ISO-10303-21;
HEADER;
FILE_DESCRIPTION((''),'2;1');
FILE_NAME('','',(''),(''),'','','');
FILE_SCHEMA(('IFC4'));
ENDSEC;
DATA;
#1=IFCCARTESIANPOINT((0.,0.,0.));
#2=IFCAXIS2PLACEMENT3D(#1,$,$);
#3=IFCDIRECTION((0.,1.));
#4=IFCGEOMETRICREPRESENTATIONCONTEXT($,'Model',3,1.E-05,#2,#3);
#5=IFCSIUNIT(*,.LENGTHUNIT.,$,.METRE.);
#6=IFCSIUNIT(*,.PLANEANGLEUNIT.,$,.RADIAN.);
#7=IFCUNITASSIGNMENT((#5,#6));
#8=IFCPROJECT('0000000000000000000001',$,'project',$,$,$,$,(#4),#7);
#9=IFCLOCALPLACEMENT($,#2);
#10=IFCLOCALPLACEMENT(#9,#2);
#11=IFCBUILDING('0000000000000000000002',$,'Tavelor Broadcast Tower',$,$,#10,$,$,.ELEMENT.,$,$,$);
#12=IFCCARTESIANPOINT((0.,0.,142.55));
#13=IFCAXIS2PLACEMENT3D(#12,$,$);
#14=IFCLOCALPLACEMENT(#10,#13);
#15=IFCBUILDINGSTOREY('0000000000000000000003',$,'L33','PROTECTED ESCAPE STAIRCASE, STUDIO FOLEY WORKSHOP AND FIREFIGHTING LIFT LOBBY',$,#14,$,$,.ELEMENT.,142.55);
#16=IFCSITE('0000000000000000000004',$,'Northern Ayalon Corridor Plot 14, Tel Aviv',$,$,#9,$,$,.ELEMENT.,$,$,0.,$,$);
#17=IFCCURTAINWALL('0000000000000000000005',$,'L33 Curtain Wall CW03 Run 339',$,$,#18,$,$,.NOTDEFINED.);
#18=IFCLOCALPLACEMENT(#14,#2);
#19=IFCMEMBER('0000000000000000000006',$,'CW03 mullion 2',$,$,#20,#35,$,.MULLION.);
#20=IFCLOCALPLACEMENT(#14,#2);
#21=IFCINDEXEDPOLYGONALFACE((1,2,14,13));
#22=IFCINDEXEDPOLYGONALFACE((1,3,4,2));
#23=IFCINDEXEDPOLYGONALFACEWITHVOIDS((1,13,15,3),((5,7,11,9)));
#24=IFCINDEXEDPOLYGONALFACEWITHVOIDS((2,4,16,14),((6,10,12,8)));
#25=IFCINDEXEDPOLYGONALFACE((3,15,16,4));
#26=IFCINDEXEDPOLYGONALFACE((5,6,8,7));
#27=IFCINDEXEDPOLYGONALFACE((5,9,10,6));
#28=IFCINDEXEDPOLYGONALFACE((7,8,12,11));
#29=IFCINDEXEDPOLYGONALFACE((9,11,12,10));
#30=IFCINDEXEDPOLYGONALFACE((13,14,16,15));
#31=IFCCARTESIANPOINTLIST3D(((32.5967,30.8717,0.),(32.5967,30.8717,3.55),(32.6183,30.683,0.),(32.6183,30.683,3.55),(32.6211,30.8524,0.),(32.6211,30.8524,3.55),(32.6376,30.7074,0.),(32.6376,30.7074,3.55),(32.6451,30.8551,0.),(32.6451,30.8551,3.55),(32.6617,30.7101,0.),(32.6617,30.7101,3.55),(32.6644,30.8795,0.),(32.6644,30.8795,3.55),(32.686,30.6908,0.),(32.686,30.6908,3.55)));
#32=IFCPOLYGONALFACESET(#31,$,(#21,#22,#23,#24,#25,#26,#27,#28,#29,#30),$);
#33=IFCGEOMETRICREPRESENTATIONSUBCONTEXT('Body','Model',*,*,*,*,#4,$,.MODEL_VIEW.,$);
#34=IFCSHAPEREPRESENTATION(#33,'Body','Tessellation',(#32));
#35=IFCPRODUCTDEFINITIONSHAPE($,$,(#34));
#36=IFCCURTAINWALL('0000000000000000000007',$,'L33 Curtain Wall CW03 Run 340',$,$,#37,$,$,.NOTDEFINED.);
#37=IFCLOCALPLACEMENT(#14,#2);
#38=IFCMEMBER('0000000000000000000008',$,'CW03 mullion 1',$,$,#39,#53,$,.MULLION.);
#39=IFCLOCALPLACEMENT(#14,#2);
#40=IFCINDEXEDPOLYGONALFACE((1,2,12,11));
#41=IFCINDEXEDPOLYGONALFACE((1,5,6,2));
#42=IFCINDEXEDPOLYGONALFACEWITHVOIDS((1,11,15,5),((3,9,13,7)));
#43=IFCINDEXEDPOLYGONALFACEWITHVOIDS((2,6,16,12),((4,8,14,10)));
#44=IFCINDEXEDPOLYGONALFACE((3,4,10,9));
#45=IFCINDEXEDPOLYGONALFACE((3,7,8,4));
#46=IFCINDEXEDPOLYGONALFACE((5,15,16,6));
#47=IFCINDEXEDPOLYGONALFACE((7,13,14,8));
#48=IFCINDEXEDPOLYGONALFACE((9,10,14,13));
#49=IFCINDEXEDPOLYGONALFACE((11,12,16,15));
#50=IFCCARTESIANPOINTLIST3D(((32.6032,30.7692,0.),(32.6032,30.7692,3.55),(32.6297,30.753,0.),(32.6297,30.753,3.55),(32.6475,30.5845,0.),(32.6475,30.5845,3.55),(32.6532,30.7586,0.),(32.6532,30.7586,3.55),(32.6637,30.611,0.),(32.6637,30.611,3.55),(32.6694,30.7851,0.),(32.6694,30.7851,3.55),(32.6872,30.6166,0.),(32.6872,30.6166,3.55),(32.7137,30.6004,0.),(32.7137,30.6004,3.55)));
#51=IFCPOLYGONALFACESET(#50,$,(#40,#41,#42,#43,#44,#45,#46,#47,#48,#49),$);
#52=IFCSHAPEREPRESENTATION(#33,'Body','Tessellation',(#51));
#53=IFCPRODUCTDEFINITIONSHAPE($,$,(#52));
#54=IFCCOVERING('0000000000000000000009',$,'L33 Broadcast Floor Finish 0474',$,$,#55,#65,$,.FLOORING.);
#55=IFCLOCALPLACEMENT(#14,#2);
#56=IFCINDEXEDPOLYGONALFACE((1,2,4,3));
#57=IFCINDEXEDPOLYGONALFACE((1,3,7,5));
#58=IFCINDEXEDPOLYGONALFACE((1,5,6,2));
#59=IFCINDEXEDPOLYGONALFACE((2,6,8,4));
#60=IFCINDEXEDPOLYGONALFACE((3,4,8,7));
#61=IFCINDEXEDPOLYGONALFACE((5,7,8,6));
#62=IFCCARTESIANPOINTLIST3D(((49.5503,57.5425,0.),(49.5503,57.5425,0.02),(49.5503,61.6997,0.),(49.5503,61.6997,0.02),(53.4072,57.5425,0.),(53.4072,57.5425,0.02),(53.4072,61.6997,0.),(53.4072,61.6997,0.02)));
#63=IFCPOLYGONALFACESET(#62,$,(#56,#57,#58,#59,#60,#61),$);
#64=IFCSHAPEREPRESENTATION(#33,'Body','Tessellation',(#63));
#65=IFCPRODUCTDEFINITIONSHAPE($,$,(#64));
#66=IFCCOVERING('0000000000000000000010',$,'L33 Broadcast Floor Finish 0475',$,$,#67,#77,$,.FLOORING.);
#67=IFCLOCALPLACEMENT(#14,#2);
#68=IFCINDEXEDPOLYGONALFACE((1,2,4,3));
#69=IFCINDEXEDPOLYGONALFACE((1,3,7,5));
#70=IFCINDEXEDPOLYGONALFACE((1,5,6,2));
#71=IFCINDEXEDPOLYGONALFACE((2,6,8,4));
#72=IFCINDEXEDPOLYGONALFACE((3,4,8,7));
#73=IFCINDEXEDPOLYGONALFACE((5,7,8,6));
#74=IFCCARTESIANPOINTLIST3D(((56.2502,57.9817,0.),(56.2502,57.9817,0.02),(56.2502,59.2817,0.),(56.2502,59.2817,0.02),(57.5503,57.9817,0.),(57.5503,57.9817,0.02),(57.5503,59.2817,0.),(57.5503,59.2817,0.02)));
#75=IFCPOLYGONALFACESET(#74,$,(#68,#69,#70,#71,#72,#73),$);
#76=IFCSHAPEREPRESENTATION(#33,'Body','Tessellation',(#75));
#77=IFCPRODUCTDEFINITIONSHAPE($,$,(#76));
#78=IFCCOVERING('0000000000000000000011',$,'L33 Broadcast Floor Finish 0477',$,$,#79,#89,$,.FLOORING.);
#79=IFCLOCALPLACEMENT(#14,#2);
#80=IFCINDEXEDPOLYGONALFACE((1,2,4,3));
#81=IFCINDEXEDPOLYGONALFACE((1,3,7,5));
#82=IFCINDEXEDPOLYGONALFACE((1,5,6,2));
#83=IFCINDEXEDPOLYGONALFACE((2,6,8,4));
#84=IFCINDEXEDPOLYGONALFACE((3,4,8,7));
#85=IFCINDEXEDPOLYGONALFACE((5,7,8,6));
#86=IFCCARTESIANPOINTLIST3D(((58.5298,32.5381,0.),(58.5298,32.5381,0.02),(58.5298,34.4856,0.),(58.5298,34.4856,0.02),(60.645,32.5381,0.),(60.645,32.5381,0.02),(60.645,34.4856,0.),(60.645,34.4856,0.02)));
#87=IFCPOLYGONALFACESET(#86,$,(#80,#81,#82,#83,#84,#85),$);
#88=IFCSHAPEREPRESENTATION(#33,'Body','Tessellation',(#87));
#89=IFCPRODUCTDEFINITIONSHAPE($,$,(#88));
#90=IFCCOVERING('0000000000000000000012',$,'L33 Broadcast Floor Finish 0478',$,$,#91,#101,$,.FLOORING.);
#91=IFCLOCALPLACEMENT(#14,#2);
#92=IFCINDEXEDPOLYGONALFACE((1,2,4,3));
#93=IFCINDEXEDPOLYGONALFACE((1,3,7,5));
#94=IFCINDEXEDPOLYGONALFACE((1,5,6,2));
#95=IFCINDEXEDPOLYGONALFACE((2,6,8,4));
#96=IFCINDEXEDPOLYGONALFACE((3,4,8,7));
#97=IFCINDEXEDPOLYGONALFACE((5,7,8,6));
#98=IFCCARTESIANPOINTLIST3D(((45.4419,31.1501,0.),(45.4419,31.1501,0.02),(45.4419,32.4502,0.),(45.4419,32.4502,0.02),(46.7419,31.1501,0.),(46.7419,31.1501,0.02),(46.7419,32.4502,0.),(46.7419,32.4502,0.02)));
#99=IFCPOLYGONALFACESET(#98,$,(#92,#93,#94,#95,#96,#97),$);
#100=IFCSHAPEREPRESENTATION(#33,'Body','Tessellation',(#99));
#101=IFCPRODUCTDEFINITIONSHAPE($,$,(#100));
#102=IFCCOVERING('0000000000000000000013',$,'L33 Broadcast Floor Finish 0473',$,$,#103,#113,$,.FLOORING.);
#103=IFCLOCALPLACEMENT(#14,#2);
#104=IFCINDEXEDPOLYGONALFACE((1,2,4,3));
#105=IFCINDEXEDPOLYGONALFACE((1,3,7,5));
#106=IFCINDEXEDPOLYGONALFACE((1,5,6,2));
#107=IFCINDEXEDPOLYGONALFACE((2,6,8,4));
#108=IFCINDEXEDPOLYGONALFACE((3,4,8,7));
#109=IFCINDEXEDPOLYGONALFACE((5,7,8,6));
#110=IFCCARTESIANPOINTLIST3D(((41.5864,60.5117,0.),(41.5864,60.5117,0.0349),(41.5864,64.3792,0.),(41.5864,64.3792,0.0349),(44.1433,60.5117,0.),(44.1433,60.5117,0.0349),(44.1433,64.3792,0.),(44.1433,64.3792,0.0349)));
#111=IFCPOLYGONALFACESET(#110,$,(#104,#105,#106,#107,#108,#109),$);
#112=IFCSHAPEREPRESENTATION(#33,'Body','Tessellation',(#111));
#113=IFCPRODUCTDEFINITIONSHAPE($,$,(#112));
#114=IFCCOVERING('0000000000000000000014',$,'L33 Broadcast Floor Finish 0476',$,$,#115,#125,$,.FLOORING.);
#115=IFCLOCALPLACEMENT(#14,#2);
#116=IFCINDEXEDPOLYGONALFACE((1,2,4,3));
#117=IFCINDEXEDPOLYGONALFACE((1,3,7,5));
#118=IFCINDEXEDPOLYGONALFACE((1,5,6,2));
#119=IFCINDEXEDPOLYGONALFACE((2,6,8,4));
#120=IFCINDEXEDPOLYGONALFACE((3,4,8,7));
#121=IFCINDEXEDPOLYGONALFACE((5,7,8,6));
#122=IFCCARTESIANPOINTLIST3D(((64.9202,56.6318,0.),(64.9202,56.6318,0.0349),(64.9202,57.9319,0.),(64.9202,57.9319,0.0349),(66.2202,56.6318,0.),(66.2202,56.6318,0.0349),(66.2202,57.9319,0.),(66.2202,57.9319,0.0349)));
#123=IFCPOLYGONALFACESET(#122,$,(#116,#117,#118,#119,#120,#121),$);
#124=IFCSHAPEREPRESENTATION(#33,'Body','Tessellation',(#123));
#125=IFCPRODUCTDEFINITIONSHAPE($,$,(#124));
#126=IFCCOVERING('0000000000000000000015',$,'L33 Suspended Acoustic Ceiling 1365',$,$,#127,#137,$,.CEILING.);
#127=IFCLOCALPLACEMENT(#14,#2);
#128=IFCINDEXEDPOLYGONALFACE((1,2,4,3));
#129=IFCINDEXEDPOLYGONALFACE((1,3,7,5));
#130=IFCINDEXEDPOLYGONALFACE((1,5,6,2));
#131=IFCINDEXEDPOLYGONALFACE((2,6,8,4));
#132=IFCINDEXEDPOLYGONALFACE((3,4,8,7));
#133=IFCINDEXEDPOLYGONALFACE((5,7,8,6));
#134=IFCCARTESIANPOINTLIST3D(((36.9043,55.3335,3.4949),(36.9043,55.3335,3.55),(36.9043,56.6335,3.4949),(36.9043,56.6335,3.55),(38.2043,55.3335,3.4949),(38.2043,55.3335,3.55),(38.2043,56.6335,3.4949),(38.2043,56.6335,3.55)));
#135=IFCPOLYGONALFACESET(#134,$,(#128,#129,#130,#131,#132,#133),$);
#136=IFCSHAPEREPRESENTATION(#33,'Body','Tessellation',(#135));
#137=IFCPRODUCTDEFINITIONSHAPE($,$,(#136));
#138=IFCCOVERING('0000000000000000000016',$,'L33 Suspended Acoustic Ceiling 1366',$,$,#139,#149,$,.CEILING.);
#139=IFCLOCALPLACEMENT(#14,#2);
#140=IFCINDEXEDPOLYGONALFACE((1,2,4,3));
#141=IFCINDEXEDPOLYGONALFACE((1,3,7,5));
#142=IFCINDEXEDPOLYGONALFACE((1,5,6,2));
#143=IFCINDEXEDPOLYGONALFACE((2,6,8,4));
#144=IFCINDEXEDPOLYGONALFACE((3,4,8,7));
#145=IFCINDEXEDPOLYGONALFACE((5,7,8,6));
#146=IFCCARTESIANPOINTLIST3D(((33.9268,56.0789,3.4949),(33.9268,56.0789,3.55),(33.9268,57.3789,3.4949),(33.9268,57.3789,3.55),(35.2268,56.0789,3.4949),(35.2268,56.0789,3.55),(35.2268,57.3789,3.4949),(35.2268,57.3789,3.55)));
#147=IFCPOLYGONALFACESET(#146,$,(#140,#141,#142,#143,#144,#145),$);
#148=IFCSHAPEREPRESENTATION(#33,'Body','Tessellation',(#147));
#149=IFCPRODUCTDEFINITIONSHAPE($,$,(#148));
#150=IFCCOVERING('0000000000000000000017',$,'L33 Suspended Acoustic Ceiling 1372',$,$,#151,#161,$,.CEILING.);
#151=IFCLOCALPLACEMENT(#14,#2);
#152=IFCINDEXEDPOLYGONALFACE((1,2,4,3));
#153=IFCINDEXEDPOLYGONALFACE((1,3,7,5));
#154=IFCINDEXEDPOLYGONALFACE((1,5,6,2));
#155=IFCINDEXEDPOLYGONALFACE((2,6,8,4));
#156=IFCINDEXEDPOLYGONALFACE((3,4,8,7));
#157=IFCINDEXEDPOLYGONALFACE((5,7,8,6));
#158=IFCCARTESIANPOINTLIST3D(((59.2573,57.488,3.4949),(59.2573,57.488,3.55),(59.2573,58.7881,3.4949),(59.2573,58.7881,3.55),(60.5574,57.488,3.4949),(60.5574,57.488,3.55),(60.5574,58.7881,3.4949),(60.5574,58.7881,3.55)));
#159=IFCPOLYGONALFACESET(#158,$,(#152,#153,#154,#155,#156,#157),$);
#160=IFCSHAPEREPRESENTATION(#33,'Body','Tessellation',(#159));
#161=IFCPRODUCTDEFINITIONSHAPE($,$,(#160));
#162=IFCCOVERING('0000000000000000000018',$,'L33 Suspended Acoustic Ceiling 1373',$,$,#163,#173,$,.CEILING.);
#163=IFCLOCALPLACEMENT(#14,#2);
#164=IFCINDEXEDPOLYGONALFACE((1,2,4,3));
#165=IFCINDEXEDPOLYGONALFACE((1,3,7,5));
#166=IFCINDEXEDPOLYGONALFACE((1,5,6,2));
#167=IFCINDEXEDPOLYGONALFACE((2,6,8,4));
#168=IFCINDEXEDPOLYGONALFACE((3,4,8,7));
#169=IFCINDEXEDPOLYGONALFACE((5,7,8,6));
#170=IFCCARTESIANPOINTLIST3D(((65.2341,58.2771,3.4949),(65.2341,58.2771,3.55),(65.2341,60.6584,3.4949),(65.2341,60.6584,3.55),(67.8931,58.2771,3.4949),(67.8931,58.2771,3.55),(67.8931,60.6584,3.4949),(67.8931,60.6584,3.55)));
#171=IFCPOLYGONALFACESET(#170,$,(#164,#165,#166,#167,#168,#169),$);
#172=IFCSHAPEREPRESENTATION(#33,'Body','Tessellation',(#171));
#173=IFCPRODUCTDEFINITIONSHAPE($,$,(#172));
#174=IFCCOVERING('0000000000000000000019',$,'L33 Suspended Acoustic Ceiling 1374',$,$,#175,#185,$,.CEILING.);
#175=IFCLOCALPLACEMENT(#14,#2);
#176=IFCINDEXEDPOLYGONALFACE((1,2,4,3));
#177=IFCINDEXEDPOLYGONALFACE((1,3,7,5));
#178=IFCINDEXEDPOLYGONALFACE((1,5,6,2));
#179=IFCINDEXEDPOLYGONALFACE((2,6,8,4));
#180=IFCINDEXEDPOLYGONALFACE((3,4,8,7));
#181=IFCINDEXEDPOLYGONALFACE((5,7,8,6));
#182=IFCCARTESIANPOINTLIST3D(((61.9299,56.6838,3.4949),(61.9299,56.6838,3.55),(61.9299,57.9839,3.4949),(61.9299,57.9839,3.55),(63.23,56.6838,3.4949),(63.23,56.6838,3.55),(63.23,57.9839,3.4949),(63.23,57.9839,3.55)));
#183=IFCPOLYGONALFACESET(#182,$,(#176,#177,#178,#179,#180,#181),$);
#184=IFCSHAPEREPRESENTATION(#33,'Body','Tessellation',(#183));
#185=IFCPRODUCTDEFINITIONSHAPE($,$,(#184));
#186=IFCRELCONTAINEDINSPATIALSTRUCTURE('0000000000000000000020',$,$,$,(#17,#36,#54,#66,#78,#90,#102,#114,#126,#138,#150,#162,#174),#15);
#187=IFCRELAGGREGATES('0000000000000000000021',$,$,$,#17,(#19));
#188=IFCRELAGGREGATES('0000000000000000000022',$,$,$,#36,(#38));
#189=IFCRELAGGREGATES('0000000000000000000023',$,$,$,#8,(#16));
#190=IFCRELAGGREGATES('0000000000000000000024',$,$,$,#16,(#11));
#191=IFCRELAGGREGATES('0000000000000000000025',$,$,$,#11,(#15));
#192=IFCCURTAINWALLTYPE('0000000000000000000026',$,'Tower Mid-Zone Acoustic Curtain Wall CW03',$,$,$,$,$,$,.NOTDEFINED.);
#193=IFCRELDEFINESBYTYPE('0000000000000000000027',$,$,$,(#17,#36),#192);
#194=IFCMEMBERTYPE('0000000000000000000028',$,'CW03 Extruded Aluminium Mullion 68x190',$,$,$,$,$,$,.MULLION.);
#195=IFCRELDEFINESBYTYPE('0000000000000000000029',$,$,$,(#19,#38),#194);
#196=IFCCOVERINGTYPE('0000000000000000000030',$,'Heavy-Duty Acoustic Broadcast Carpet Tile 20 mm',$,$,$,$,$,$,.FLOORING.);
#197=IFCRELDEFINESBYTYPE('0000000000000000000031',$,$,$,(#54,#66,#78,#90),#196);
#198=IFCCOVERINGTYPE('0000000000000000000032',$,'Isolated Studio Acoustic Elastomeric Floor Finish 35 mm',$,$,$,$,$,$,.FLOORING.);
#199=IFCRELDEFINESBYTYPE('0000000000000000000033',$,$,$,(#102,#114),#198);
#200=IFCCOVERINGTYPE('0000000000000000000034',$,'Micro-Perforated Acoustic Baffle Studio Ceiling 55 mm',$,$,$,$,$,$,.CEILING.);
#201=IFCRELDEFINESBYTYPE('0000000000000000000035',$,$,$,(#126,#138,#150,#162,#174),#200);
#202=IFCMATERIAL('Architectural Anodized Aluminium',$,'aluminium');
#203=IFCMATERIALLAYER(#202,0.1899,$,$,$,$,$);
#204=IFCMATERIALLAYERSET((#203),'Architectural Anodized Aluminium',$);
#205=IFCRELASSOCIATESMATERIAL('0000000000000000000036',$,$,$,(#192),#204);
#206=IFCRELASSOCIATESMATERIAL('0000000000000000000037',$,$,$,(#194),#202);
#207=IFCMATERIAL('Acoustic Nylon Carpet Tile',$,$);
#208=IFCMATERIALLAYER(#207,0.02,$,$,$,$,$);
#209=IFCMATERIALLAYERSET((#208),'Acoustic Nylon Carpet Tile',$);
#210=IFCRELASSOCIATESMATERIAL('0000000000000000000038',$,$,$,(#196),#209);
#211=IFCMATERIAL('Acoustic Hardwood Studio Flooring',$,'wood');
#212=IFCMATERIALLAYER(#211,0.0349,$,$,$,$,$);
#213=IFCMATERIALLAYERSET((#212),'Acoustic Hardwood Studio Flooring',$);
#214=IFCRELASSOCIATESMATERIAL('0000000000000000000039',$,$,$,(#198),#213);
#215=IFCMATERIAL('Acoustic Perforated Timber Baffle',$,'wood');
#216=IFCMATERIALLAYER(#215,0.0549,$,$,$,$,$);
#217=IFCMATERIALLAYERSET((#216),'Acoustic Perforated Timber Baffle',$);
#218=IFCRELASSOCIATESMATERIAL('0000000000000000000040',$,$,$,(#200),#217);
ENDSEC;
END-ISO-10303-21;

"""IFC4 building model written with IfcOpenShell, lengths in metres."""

from ifc_helpers import new_model, si_unit, direction, frame, origin, origin_2d, place, context, subcontext, project, spatial, polyline, hollow_rectangle, outline, extrude, source, transform, mapped, material, layer, layer_set, material_profile, profile_set, type_object, type_shapes, element, aggregate, save


model = new_model("IFC4")

# Units and contexts
model_context = context("Model", 3, precision=1e-05, world=origin(), true_north=direction((0.0, 1.0)))
body_context = subcontext(model_context, "Body", "Model", "MODEL_VIEW")
ifc_project = project(units=[si_unit("LENGTHUNIT", "METRE"), si_unit("PLANEANGLEUNIT", "RADIAN")], contexts=[model_context])

# Site, building, storey
site_placement = place(None, origin())
site = spatial("IfcSite", under=ifc_project, at=site_placement, Name="Northern Ayalon Corridor Plot 14, Tel Aviv", CompositionType="ELEMENT", RefElevation=0.0)
building_placement = place(site_placement, origin())
building = spatial("IfcBuilding", under=site, at=building_placement, Name="Tavelor Broadcast Tower", CompositionType="ELEMENT")
storey_placement = place(building_placement, frame((0.0, 0.0, 142.55)))
storey = spatial("IfcBuildingStorey", under=building, at=storey_placement, Name="L33", Description="PROTECTED ESCAPE STAIRCASE, STUDIO FOLEY WORKSHOP AND FIREFIGHTING LIFT LOBBY", CompositionType="ELEMENT", Elevation=142.55)

# Curtain walls, members
ifc_material_1 = material(Name="Architectural Anodized Aluminium", Category="aluminium")
ifc_layer_1 = layer(ifc_material_1, 0.1899)
ifc_layer_set_1 = layer_set([ifc_layer_1], Name="Architectural Anodized Aluminium")
curtain_wall_type = type_object("IfcCurtainWallType", Name="Tower Mid-Zone Acoustic Curtain Wall CW03", PredefinedType="NOTDEFINED", material=ifc_layer_set_1)
curtain_wall_1_placement = place(storey_placement, origin())
curtain_wall_1 = element("IfcCurtainWall", 1, at=curtain_wall_1_placement, inside=storey, type_object=curtain_wall_type, Name="L33 Curtain Wall CW03 Run 339", PredefinedType="NOTDEFINED")
ifc_material_profile = material_profile(ifc_material_1, hollow_rectangle(XDim=0.0681, YDim=0.1899, WallThickness=0.022, at=origin_2d()), Name="RHS 68x190x22")
ifc_profile_set = profile_set([ifc_material_profile], Name="Architectural Anodized Aluminium")
member_type = type_object("IfcMemberType", Name="CW03 Extruded Aluminium Mullion 68x190", PredefinedType="MULLION", material=ifc_profile_set)
shared_shape_1 = source(origin(), body_context, "Body", "SweptSolid", [
    extrude(hollow_rectangle(XDim=0.0681, YDim=0.1899, WallThickness=0.022, at=origin_2d()), origin(), (0.0, 0.0, 1.0), 3.55),
])
type_shapes(member_type, [shared_shape_1])
member_1_placement = place(storey_placement, frame((32.6414, 30.7812, 0.0), z_axis=(0.0, 0.0, 1.0), x_axis=(0.993521, 0.113652, 0.0)))
member_1 = element("IfcMember", 2, at=member_1_placement, type_object=member_type, Name="CW03 mullion 2", PredefinedType="MULLION", context=body_context, shape_type="MappedRepresentation", body=[
    mapped(shared_shape_1, transform((0.0, 0.0, 0.0), scale=1.0)),
])
aggregate(curtain_wall_1, [member_1])
curtain_wall_2_placement = place(storey_placement, origin())
curtain_wall_2 = element("IfcCurtainWall", 3, at=curtain_wall_2_placement, inside=storey, type_object=curtain_wall_type, Name="L33 Curtain Wall CW03 Run 340", PredefinedType="NOTDEFINED")
member_2_placement = place(storey_placement, frame((32.6584, 30.6848, 0.0), z_axis=(0.0, 0.0, 1.0), x_axis=(0.972466, 0.233045, 0.0)))
member_2 = element("IfcMember", 4, at=member_2_placement, type_object=member_type, Name="CW03 mullion 1", PredefinedType="MULLION", context=body_context, shape_type="MappedRepresentation", body=[
    mapped(shared_shape_1, transform((0.0, 0.0, 0.0), scale=1.0)),
])
aggregate(curtain_wall_2, [member_2])

# Coverings
ifc_material_2 = material(Name="Acoustic Nylon Carpet Tile")
ifc_layer_2 = layer(ifc_material_2, 0.02)
ifc_layer_set_2 = layer_set([ifc_layer_2], Name="Acoustic Nylon Carpet Tile")
covering_type_1 = type_object("IfcCoveringType", Name="Heavy-Duty Acoustic Broadcast Carpet Tile 20 mm", PredefinedType="FLOORING", material=ifc_layer_set_2)
covering_1_placement = place(storey_placement, origin())
element("IfcCovering", 5, at=covering_1_placement, inside=storey, type_object=covering_type_1, Name="L33 Broadcast Floor Finish 0474", PredefinedType="FLOORING", context=body_context, shape_type="SweptSolid", body=[
    extrude(outline(polyline([(49.5503, 57.5425), (53.4072, 57.5425), (53.4072, 61.6997), (49.5503, 61.6997), (49.5503, 57.5425)])), origin(), (0.0, 0.0, 1.0), 0.02),
])
covering_2_placement = place(storey_placement, origin())
element("IfcCovering", 6, at=covering_2_placement, inside=storey, type_object=covering_type_1, Name="L33 Broadcast Floor Finish 0475", PredefinedType="FLOORING", context=body_context, shape_type="SweptSolid", body=[
    extrude(outline(polyline([(56.2502, 57.9817), (57.5503, 57.9817), (57.5503, 59.2817), (56.2502, 59.2817), (56.2502, 57.9817)])), origin(), (0.0, 0.0, 1.0), 0.02),
])
covering_3_placement = place(storey_placement, origin())
element("IfcCovering", 7, at=covering_3_placement, inside=storey, type_object=covering_type_1, Name="L33 Broadcast Floor Finish 0477", PredefinedType="FLOORING", context=body_context, shape_type="SweptSolid", body=[
    extrude(outline(polyline([(58.5298, 32.5381), (60.645, 32.5381), (60.645, 34.4856), (58.5298, 34.4856), (58.5298, 32.5381)])), origin(), (0.0, 0.0, 1.0), 0.02),
])
covering_4_placement = place(storey_placement, origin())
element("IfcCovering", 8, at=covering_4_placement, inside=storey, type_object=covering_type_1, Name="L33 Broadcast Floor Finish 0478", PredefinedType="FLOORING", context=body_context, shape_type="SweptSolid", body=[
    extrude(outline(polyline([(45.4419, 31.1501), (46.7419, 31.1501), (46.7419, 32.4502), (45.4419, 32.4502), (45.4419, 31.1501)])), origin(), (0.0, 0.0, 1.0), 0.02),
])
ifc_material_3 = material(Name="Acoustic Hardwood Studio Flooring", Category="wood")
ifc_layer_3 = layer(ifc_material_3, 0.0349)
ifc_layer_set_3 = layer_set([ifc_layer_3], Name="Acoustic Hardwood Studio Flooring")
covering_type_2 = type_object("IfcCoveringType", Name="Isolated Studio Acoustic Elastomeric Floor Finish 35 mm", PredefinedType="FLOORING", material=ifc_layer_set_3)
covering_5_placement = place(storey_placement, origin())
element("IfcCovering", 9, at=covering_5_placement, inside=storey, type_object=covering_type_2, Name="L33 Broadcast Floor Finish 0473", PredefinedType="FLOORING", context=body_context, shape_type="SweptSolid", body=[
    extrude(outline(polyline([(41.5864, 60.5117), (44.1433, 60.5117), (44.1433, 64.3792), (41.5864, 64.3792), (41.5864, 60.5117)])), origin(), (0.0, 0.0, 1.0), 0.0349),
])
covering_6_placement = place(storey_placement, origin())
element("IfcCovering", 10, at=covering_6_placement, inside=storey, type_object=covering_type_2, Name="L33 Broadcast Floor Finish 0476", PredefinedType="FLOORING", context=body_context, shape_type="SweptSolid", body=[
    extrude(outline(polyline([(64.9202, 56.6318), (66.2202, 56.6318), (66.2202, 57.9319), (64.9202, 57.9319), (64.9202, 56.6318)])), origin(), (0.0, 0.0, 1.0), 0.0349),
])
ifc_material_4 = material(Name="Acoustic Perforated Timber Baffle", Category="wood")
ifc_layer_4 = layer(ifc_material_4, 0.0549)
ifc_layer_set_4 = layer_set([ifc_layer_4], Name="Acoustic Perforated Timber Baffle")
covering_type_3 = type_object("IfcCoveringType", Name="Micro-Perforated Acoustic Baffle Studio Ceiling 55 mm", PredefinedType="CEILING", material=ifc_layer_set_4)
covering_7_placement = place(storey_placement, frame((0.0, 0.0, 3.4949)))
element("IfcCovering", 11, at=covering_7_placement, inside=storey, type_object=covering_type_3, Name="L33 Suspended Acoustic Ceiling 1365", PredefinedType="CEILING", context=body_context, shape_type="SweptSolid", body=[
    extrude(outline(polyline([(36.9043, 55.3335), (38.2043, 55.3335), (38.2043, 56.6335), (36.9043, 56.6335), (36.9043, 55.3335)])), origin(), (0.0, 0.0, 1.0), 0.0552),
])
covering_8_placement = place(storey_placement, frame((0.0, 0.0, 3.4949)))
element("IfcCovering", 12, at=covering_8_placement, inside=storey, type_object=covering_type_3, Name="L33 Suspended Acoustic Ceiling 1366", PredefinedType="CEILING", context=body_context, shape_type="SweptSolid", body=[
    extrude(outline(polyline([(33.9268, 56.0789), (35.2268, 56.0789), (35.2268, 57.3789), (33.9268, 57.3789), (33.9268, 56.0789)])), origin(), (0.0, 0.0, 1.0), 0.0552),
])
covering_9_placement = place(storey_placement, frame((0.0, 0.0, 3.4949)))
element("IfcCovering", 13, at=covering_9_placement, inside=storey, type_object=covering_type_3, Name="L33 Suspended Acoustic Ceiling 1372", PredefinedType="CEILING", context=body_context, shape_type="SweptSolid", body=[
    extrude(outline(polyline([(59.2573, 57.488), (60.5574, 57.488), (60.5574, 58.7881), (59.2573, 58.7881), (59.2573, 57.488)])), origin(), (0.0, 0.0, 1.0), 0.0552),
])
covering_10_placement = place(storey_placement, frame((0.0, 0.0, 3.4949)))
element("IfcCovering", 14, at=covering_10_placement, inside=storey, type_object=covering_type_3, Name="L33 Suspended Acoustic Ceiling 1373", PredefinedType="CEILING", context=body_context, shape_type="SweptSolid", body=[
    extrude(outline(polyline([(65.2341, 58.2771), (67.8931, 58.2771), (67.8931, 60.6584), (65.2341, 60.6584), (65.2341, 58.2771)])), origin(), (0.0, 0.0, 1.0), 0.0552),
])
covering_11_placement = place(storey_placement, frame((0.0, 0.0, 3.4949)))
element("IfcCovering", 15, at=covering_11_placement, inside=storey, type_object=covering_type_3, Name="L33 Suspended Acoustic Ceiling 1374", PredefinedType="CEILING", context=body_context, shape_type="SweptSolid", body=[
    extrude(outline(polyline([(61.9299, 56.6838), (63.23, 56.6838), (63.23, 57.9839), (61.9299, 57.9839), (61.9299, 56.6838)])), origin(), (0.0, 0.0, 1.0), 0.0552),
])

save(model, "model.ifc")
